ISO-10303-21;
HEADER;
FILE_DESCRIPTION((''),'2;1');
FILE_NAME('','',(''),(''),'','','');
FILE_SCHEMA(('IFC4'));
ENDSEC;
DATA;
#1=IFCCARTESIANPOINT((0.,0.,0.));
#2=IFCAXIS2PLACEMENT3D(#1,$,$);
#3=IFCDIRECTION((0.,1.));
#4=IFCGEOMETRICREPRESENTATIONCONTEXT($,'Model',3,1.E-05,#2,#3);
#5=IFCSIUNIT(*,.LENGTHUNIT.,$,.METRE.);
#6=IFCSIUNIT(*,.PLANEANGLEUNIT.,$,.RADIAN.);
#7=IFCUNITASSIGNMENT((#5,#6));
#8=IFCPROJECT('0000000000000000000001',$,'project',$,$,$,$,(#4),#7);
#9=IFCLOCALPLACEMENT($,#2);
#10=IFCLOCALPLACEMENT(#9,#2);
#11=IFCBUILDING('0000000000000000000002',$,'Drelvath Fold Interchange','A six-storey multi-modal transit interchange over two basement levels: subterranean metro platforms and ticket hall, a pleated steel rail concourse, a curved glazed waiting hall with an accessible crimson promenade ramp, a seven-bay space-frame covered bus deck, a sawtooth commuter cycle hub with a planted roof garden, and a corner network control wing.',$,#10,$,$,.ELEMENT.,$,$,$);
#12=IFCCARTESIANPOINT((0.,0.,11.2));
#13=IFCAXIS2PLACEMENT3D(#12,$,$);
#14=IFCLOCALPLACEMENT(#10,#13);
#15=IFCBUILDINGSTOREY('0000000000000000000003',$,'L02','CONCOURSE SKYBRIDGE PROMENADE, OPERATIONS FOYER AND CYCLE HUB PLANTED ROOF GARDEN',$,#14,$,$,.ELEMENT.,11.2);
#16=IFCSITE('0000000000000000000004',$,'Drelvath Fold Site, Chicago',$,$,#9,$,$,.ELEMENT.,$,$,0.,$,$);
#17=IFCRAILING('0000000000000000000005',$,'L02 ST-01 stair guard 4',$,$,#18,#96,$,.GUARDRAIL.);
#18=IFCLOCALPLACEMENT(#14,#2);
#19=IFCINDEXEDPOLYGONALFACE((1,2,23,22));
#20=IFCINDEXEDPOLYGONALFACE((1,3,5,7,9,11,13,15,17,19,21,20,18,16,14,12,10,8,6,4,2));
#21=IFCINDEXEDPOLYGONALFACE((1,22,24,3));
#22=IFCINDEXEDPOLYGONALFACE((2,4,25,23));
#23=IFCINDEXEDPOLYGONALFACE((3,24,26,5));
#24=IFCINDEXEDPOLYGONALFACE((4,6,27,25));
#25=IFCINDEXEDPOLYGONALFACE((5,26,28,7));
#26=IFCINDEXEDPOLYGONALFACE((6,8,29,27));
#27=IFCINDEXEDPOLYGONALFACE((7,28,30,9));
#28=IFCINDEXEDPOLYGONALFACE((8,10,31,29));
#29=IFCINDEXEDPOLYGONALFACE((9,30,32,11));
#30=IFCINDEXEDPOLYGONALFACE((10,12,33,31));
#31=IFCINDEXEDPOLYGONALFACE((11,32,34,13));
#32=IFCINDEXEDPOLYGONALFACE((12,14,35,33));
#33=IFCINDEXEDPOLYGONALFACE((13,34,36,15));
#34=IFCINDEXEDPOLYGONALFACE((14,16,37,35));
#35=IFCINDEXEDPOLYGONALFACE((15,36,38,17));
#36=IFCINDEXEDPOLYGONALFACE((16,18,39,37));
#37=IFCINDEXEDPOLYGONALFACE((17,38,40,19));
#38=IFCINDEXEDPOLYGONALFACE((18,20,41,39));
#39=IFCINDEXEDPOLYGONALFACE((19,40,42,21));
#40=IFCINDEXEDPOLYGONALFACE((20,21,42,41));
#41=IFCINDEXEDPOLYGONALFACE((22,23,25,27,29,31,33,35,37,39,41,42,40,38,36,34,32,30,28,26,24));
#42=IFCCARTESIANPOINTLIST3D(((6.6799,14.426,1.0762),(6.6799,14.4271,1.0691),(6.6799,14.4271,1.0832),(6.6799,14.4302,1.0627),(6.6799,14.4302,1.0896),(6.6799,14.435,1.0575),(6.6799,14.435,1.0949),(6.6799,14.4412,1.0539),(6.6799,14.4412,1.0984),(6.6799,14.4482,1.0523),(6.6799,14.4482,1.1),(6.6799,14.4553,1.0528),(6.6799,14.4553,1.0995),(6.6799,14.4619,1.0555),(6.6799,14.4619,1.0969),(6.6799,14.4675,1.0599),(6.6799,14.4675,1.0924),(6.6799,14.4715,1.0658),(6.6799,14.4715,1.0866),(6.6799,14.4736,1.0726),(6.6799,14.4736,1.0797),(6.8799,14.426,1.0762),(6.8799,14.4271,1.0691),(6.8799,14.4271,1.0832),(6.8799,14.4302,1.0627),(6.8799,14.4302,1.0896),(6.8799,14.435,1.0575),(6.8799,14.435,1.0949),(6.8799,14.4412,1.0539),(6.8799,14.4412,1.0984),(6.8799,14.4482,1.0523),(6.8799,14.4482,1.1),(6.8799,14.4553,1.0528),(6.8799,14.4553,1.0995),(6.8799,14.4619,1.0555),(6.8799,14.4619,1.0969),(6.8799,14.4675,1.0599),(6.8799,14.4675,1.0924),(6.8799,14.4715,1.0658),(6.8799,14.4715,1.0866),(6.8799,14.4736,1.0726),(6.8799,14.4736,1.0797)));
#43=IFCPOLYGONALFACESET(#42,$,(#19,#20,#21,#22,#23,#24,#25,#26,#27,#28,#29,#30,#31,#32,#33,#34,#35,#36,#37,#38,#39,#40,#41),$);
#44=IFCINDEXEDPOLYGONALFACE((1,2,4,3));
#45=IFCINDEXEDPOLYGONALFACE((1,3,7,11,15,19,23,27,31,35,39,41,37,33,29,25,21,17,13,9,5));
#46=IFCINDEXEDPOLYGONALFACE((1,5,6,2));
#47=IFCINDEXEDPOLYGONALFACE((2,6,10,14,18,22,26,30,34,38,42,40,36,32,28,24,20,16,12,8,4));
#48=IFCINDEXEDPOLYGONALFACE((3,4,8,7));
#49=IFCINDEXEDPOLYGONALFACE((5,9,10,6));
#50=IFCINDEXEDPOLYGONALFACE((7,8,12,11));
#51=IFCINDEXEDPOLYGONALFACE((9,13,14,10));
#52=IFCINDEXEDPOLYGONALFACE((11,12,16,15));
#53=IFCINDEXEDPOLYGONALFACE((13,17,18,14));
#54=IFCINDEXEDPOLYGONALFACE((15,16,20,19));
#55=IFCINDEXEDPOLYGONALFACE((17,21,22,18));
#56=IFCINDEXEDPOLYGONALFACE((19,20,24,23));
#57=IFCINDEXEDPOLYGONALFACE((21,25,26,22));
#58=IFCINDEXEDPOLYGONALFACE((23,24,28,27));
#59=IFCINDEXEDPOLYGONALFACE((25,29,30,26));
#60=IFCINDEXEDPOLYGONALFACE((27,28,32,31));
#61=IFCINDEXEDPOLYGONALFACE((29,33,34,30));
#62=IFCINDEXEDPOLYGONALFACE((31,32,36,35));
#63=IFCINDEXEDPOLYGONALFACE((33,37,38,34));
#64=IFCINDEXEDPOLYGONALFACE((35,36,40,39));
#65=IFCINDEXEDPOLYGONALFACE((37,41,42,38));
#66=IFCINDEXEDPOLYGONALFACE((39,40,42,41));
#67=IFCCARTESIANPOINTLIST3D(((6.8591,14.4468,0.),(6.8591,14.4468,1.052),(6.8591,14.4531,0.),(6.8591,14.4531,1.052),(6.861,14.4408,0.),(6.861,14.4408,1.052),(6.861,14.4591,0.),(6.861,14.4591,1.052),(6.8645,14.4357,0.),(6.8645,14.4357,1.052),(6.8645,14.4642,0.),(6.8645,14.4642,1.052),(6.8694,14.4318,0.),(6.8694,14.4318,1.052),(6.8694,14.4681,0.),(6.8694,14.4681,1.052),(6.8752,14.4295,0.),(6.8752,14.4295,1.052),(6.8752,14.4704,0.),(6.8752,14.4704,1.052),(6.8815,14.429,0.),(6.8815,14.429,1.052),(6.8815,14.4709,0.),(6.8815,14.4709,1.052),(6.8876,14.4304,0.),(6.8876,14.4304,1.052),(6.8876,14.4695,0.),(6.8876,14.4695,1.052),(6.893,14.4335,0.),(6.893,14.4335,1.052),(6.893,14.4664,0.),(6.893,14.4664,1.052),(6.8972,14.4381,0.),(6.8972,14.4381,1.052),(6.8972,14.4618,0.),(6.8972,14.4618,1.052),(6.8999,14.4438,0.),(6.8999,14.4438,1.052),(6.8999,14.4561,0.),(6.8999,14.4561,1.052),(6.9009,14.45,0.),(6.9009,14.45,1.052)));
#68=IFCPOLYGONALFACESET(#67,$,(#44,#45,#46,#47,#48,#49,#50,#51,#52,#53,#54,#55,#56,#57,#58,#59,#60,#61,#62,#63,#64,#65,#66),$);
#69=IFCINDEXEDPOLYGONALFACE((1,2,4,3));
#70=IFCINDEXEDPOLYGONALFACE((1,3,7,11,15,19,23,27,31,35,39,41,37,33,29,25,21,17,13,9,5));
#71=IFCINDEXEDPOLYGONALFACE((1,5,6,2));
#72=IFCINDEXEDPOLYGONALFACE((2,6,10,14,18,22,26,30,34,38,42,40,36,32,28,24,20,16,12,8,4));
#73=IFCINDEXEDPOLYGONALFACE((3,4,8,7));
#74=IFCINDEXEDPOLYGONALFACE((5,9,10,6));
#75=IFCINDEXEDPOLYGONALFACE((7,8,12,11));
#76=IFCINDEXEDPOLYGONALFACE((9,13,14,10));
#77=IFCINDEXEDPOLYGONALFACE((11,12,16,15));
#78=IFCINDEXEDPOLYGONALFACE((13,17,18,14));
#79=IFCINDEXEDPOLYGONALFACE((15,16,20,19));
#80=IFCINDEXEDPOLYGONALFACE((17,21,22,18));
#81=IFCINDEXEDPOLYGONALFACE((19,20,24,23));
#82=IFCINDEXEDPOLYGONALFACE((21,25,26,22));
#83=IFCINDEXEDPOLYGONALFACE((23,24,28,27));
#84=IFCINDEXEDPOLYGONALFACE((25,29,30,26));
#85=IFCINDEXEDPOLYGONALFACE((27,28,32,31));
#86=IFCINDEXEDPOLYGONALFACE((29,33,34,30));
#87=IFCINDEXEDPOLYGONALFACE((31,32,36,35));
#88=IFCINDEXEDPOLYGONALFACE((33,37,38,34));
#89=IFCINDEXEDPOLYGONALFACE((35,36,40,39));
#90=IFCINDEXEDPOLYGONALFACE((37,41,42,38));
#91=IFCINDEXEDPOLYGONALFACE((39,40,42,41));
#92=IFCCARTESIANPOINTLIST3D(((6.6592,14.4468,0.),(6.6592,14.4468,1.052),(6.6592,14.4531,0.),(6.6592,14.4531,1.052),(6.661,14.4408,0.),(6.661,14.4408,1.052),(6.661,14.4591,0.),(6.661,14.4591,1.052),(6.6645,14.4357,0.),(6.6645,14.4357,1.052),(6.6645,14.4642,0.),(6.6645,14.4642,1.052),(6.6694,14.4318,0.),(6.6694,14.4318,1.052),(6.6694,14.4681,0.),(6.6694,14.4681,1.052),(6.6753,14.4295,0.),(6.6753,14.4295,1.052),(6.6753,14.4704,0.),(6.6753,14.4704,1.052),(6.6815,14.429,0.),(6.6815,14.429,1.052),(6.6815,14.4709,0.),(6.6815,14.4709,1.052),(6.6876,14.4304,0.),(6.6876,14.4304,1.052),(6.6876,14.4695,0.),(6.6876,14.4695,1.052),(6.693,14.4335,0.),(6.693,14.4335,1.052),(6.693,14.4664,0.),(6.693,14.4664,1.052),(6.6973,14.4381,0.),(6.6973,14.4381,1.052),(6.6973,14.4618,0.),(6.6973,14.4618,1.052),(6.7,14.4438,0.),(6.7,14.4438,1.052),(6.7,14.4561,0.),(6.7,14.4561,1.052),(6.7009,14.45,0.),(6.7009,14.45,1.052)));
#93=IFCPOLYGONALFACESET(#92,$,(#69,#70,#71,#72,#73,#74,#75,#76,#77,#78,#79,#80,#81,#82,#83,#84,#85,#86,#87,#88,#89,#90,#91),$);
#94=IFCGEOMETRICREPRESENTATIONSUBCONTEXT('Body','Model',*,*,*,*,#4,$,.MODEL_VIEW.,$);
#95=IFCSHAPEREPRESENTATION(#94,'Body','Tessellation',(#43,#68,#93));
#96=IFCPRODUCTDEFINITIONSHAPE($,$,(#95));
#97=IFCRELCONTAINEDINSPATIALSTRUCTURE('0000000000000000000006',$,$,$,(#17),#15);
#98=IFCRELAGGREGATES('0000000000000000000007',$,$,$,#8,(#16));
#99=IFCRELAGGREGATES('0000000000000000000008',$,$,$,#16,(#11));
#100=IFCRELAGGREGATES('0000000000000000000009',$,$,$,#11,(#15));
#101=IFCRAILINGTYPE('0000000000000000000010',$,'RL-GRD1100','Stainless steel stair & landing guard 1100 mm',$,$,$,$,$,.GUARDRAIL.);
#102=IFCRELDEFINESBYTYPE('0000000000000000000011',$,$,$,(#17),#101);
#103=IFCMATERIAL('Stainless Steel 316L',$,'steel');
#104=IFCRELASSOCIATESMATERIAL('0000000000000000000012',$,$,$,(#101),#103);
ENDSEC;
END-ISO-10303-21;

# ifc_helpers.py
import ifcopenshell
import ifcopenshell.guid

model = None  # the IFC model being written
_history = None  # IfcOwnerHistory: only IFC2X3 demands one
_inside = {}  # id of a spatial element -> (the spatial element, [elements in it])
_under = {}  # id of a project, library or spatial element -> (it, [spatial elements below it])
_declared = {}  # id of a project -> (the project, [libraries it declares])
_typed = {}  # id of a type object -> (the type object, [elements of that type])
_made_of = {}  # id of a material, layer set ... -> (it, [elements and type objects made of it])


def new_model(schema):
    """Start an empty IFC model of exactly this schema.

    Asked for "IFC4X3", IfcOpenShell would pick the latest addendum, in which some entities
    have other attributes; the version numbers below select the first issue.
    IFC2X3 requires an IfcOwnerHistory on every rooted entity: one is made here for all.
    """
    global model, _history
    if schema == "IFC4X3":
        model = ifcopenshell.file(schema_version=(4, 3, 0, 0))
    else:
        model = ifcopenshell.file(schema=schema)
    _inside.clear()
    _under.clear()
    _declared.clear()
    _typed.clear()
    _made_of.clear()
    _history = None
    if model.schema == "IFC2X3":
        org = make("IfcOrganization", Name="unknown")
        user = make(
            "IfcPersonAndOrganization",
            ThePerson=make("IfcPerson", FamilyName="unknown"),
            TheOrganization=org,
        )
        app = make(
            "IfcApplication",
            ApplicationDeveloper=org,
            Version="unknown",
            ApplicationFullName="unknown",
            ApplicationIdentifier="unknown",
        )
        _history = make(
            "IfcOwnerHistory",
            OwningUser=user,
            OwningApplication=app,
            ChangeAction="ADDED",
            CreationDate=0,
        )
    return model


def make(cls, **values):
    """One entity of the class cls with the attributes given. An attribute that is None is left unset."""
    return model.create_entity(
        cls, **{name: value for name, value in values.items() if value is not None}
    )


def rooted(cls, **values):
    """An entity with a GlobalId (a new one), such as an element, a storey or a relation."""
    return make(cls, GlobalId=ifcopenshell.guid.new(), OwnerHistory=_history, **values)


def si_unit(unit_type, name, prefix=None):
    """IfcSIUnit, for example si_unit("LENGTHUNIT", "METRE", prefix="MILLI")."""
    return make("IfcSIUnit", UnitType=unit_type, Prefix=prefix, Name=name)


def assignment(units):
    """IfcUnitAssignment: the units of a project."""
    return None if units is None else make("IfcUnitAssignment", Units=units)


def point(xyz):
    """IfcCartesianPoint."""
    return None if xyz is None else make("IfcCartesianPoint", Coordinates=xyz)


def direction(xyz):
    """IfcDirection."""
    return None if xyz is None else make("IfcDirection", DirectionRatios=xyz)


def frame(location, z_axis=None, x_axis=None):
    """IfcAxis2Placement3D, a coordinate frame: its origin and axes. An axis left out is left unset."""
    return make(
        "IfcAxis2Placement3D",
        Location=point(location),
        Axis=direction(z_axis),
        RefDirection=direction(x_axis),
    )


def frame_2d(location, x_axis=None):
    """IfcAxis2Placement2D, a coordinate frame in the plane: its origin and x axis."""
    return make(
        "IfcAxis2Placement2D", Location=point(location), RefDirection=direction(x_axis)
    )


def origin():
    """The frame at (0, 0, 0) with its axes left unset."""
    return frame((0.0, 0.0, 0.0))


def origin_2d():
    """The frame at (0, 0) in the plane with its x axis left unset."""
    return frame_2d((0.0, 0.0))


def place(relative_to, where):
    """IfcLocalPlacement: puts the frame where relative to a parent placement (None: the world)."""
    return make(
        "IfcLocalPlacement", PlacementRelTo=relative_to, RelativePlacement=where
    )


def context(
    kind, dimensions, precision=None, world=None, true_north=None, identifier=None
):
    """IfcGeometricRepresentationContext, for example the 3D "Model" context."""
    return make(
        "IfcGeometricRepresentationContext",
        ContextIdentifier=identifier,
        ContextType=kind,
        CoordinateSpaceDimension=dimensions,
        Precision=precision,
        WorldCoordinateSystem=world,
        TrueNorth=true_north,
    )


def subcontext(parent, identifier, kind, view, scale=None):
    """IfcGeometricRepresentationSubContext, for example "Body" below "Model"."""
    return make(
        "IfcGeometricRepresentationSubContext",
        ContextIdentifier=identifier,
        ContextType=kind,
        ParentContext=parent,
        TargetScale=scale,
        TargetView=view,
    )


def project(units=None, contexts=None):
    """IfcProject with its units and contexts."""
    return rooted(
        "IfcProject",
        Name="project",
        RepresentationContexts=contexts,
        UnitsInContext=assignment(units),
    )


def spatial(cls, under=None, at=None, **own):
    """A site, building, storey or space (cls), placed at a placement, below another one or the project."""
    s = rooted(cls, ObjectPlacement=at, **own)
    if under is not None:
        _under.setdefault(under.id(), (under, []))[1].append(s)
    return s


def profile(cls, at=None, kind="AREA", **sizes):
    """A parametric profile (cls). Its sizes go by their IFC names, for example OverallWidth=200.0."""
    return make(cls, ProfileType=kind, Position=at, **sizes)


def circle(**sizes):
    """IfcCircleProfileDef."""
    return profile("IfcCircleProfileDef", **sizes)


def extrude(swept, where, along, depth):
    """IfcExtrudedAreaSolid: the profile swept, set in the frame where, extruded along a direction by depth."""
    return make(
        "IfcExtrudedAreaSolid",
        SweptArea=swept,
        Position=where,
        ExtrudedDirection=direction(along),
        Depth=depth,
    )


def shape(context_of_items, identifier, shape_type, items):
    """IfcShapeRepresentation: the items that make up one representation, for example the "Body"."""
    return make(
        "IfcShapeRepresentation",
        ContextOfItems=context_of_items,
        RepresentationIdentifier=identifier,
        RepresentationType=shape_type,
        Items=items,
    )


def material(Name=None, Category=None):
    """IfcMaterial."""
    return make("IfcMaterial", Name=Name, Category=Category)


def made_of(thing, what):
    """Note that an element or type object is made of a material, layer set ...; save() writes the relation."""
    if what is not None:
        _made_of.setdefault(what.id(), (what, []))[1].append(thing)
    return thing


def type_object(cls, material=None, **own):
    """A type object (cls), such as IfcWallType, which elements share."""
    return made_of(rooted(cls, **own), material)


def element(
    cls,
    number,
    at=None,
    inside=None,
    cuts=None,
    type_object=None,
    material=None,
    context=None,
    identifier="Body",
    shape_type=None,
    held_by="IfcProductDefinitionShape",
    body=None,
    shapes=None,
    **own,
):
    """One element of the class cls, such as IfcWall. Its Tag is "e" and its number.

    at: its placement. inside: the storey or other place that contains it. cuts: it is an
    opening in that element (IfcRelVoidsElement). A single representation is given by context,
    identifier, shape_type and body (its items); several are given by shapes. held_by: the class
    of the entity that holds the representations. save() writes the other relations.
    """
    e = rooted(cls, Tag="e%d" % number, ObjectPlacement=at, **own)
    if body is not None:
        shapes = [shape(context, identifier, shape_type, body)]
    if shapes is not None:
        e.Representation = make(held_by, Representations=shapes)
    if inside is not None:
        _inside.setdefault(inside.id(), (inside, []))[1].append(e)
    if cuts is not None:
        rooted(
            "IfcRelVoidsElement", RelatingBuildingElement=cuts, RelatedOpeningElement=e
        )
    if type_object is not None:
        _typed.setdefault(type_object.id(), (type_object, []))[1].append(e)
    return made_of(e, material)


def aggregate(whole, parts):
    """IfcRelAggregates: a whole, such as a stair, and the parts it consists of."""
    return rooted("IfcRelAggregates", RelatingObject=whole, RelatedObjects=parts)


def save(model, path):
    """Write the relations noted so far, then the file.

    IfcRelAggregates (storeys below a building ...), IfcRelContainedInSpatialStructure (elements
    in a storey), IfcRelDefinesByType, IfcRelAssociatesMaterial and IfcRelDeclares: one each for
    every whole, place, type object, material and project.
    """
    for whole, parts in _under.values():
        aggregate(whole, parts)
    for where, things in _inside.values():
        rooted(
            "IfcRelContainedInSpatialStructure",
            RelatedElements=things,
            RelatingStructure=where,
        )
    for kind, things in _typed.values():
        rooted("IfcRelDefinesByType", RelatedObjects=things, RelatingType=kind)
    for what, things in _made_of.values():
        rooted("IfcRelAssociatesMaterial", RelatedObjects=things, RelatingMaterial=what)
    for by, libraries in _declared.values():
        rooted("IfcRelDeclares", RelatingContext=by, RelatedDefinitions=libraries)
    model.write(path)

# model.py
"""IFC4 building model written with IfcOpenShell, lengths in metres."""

from ifc_helpers import new_model, si_unit, direction, frame, origin, origin_2d, place, context, subcontext, project, spatial, circle, extrude, material, type_object, element, save


model = new_model("IFC4")

# Units and contexts
model_context = context("Model", 3, precision=1e-05, world=origin(), true_north=direction((0.0, 1.0)))
body_context = subcontext(model_context, "Body", "Model", "MODEL_VIEW")
ifc_project = project(units=[si_unit("LENGTHUNIT", "METRE"), si_unit("PLANEANGLEUNIT", "RADIAN")], contexts=[model_context])

# Site, building, storey
site_placement = place(None, origin())
site = spatial("IfcSite", under=ifc_project, at=site_placement, Name="Drelvath Fold Site, Chicago", CompositionType="ELEMENT", RefElevation=0.0)
building_placement = place(site_placement, origin())
building = spatial("IfcBuilding", under=site, at=building_placement, Name="Drelvath Fold Interchange", Description="A six-storey multi-modal transit interchange over two basement levels: subterranean metro platforms and ticket hall, a pleated steel rail concourse, a curved glazed waiting hall with an accessible crimson promenade ramp, a seven-bay space-frame covered bus deck, a sawtooth commuter cycle hub with a planted roof garden, and a corner network control wing.", CompositionType="ELEMENT")
storey_placement = place(building_placement, frame((0.0, 0.0, 11.2)))
storey = spatial("IfcBuildingStorey", under=building, at=storey_placement, Name="L02", Description="CONCOURSE SKYBRIDGE PROMENADE, OPERATIONS FOYER AND CYCLE HUB PLANTED ROOF GARDEN", CompositionType="ELEMENT", Elevation=11.2)

# Railing
ifc_material_1 = material(Name="Stainless Steel 316L", Category="steel")
railing_type_1 = type_object("IfcRailingType", Name="RL-GRD1100", Description="Stainless steel stair & landing guard 1100 mm", PredefinedType="GUARDRAIL", material=ifc_material_1)
railing_1_placement = place(storey_placement, frame((6.8799, 14.45, 0.0)))
element("IfcRailing", 1, at=railing_1_placement, inside=storey, type_object=railing_type_1, Name="L02 ST-01 stair guard 4", PredefinedType="GUARDRAIL", context=body_context, shape_type="SweptSolid", body=[
    extrude(circle(Radius=0.0239, at=origin_2d()), frame((0.0, 0.0, 1.0762), z_axis=(-1.0, 0.0, 0.0), x_axis=(0.0, -1.0, 0.0)), (0.0, 0.0, 1.0), 0.2),
    extrude(circle(Radius=0.021, at=origin_2d()), origin(), (0.0, 0.0, 1.0), 1.052),
    extrude(circle(Radius=0.021, at=origin_2d()), frame((-0.2, 0.0, 0.0)), (0.0, 0.0, 1.0), 1.052),
])

save(model, "model.ifc")
